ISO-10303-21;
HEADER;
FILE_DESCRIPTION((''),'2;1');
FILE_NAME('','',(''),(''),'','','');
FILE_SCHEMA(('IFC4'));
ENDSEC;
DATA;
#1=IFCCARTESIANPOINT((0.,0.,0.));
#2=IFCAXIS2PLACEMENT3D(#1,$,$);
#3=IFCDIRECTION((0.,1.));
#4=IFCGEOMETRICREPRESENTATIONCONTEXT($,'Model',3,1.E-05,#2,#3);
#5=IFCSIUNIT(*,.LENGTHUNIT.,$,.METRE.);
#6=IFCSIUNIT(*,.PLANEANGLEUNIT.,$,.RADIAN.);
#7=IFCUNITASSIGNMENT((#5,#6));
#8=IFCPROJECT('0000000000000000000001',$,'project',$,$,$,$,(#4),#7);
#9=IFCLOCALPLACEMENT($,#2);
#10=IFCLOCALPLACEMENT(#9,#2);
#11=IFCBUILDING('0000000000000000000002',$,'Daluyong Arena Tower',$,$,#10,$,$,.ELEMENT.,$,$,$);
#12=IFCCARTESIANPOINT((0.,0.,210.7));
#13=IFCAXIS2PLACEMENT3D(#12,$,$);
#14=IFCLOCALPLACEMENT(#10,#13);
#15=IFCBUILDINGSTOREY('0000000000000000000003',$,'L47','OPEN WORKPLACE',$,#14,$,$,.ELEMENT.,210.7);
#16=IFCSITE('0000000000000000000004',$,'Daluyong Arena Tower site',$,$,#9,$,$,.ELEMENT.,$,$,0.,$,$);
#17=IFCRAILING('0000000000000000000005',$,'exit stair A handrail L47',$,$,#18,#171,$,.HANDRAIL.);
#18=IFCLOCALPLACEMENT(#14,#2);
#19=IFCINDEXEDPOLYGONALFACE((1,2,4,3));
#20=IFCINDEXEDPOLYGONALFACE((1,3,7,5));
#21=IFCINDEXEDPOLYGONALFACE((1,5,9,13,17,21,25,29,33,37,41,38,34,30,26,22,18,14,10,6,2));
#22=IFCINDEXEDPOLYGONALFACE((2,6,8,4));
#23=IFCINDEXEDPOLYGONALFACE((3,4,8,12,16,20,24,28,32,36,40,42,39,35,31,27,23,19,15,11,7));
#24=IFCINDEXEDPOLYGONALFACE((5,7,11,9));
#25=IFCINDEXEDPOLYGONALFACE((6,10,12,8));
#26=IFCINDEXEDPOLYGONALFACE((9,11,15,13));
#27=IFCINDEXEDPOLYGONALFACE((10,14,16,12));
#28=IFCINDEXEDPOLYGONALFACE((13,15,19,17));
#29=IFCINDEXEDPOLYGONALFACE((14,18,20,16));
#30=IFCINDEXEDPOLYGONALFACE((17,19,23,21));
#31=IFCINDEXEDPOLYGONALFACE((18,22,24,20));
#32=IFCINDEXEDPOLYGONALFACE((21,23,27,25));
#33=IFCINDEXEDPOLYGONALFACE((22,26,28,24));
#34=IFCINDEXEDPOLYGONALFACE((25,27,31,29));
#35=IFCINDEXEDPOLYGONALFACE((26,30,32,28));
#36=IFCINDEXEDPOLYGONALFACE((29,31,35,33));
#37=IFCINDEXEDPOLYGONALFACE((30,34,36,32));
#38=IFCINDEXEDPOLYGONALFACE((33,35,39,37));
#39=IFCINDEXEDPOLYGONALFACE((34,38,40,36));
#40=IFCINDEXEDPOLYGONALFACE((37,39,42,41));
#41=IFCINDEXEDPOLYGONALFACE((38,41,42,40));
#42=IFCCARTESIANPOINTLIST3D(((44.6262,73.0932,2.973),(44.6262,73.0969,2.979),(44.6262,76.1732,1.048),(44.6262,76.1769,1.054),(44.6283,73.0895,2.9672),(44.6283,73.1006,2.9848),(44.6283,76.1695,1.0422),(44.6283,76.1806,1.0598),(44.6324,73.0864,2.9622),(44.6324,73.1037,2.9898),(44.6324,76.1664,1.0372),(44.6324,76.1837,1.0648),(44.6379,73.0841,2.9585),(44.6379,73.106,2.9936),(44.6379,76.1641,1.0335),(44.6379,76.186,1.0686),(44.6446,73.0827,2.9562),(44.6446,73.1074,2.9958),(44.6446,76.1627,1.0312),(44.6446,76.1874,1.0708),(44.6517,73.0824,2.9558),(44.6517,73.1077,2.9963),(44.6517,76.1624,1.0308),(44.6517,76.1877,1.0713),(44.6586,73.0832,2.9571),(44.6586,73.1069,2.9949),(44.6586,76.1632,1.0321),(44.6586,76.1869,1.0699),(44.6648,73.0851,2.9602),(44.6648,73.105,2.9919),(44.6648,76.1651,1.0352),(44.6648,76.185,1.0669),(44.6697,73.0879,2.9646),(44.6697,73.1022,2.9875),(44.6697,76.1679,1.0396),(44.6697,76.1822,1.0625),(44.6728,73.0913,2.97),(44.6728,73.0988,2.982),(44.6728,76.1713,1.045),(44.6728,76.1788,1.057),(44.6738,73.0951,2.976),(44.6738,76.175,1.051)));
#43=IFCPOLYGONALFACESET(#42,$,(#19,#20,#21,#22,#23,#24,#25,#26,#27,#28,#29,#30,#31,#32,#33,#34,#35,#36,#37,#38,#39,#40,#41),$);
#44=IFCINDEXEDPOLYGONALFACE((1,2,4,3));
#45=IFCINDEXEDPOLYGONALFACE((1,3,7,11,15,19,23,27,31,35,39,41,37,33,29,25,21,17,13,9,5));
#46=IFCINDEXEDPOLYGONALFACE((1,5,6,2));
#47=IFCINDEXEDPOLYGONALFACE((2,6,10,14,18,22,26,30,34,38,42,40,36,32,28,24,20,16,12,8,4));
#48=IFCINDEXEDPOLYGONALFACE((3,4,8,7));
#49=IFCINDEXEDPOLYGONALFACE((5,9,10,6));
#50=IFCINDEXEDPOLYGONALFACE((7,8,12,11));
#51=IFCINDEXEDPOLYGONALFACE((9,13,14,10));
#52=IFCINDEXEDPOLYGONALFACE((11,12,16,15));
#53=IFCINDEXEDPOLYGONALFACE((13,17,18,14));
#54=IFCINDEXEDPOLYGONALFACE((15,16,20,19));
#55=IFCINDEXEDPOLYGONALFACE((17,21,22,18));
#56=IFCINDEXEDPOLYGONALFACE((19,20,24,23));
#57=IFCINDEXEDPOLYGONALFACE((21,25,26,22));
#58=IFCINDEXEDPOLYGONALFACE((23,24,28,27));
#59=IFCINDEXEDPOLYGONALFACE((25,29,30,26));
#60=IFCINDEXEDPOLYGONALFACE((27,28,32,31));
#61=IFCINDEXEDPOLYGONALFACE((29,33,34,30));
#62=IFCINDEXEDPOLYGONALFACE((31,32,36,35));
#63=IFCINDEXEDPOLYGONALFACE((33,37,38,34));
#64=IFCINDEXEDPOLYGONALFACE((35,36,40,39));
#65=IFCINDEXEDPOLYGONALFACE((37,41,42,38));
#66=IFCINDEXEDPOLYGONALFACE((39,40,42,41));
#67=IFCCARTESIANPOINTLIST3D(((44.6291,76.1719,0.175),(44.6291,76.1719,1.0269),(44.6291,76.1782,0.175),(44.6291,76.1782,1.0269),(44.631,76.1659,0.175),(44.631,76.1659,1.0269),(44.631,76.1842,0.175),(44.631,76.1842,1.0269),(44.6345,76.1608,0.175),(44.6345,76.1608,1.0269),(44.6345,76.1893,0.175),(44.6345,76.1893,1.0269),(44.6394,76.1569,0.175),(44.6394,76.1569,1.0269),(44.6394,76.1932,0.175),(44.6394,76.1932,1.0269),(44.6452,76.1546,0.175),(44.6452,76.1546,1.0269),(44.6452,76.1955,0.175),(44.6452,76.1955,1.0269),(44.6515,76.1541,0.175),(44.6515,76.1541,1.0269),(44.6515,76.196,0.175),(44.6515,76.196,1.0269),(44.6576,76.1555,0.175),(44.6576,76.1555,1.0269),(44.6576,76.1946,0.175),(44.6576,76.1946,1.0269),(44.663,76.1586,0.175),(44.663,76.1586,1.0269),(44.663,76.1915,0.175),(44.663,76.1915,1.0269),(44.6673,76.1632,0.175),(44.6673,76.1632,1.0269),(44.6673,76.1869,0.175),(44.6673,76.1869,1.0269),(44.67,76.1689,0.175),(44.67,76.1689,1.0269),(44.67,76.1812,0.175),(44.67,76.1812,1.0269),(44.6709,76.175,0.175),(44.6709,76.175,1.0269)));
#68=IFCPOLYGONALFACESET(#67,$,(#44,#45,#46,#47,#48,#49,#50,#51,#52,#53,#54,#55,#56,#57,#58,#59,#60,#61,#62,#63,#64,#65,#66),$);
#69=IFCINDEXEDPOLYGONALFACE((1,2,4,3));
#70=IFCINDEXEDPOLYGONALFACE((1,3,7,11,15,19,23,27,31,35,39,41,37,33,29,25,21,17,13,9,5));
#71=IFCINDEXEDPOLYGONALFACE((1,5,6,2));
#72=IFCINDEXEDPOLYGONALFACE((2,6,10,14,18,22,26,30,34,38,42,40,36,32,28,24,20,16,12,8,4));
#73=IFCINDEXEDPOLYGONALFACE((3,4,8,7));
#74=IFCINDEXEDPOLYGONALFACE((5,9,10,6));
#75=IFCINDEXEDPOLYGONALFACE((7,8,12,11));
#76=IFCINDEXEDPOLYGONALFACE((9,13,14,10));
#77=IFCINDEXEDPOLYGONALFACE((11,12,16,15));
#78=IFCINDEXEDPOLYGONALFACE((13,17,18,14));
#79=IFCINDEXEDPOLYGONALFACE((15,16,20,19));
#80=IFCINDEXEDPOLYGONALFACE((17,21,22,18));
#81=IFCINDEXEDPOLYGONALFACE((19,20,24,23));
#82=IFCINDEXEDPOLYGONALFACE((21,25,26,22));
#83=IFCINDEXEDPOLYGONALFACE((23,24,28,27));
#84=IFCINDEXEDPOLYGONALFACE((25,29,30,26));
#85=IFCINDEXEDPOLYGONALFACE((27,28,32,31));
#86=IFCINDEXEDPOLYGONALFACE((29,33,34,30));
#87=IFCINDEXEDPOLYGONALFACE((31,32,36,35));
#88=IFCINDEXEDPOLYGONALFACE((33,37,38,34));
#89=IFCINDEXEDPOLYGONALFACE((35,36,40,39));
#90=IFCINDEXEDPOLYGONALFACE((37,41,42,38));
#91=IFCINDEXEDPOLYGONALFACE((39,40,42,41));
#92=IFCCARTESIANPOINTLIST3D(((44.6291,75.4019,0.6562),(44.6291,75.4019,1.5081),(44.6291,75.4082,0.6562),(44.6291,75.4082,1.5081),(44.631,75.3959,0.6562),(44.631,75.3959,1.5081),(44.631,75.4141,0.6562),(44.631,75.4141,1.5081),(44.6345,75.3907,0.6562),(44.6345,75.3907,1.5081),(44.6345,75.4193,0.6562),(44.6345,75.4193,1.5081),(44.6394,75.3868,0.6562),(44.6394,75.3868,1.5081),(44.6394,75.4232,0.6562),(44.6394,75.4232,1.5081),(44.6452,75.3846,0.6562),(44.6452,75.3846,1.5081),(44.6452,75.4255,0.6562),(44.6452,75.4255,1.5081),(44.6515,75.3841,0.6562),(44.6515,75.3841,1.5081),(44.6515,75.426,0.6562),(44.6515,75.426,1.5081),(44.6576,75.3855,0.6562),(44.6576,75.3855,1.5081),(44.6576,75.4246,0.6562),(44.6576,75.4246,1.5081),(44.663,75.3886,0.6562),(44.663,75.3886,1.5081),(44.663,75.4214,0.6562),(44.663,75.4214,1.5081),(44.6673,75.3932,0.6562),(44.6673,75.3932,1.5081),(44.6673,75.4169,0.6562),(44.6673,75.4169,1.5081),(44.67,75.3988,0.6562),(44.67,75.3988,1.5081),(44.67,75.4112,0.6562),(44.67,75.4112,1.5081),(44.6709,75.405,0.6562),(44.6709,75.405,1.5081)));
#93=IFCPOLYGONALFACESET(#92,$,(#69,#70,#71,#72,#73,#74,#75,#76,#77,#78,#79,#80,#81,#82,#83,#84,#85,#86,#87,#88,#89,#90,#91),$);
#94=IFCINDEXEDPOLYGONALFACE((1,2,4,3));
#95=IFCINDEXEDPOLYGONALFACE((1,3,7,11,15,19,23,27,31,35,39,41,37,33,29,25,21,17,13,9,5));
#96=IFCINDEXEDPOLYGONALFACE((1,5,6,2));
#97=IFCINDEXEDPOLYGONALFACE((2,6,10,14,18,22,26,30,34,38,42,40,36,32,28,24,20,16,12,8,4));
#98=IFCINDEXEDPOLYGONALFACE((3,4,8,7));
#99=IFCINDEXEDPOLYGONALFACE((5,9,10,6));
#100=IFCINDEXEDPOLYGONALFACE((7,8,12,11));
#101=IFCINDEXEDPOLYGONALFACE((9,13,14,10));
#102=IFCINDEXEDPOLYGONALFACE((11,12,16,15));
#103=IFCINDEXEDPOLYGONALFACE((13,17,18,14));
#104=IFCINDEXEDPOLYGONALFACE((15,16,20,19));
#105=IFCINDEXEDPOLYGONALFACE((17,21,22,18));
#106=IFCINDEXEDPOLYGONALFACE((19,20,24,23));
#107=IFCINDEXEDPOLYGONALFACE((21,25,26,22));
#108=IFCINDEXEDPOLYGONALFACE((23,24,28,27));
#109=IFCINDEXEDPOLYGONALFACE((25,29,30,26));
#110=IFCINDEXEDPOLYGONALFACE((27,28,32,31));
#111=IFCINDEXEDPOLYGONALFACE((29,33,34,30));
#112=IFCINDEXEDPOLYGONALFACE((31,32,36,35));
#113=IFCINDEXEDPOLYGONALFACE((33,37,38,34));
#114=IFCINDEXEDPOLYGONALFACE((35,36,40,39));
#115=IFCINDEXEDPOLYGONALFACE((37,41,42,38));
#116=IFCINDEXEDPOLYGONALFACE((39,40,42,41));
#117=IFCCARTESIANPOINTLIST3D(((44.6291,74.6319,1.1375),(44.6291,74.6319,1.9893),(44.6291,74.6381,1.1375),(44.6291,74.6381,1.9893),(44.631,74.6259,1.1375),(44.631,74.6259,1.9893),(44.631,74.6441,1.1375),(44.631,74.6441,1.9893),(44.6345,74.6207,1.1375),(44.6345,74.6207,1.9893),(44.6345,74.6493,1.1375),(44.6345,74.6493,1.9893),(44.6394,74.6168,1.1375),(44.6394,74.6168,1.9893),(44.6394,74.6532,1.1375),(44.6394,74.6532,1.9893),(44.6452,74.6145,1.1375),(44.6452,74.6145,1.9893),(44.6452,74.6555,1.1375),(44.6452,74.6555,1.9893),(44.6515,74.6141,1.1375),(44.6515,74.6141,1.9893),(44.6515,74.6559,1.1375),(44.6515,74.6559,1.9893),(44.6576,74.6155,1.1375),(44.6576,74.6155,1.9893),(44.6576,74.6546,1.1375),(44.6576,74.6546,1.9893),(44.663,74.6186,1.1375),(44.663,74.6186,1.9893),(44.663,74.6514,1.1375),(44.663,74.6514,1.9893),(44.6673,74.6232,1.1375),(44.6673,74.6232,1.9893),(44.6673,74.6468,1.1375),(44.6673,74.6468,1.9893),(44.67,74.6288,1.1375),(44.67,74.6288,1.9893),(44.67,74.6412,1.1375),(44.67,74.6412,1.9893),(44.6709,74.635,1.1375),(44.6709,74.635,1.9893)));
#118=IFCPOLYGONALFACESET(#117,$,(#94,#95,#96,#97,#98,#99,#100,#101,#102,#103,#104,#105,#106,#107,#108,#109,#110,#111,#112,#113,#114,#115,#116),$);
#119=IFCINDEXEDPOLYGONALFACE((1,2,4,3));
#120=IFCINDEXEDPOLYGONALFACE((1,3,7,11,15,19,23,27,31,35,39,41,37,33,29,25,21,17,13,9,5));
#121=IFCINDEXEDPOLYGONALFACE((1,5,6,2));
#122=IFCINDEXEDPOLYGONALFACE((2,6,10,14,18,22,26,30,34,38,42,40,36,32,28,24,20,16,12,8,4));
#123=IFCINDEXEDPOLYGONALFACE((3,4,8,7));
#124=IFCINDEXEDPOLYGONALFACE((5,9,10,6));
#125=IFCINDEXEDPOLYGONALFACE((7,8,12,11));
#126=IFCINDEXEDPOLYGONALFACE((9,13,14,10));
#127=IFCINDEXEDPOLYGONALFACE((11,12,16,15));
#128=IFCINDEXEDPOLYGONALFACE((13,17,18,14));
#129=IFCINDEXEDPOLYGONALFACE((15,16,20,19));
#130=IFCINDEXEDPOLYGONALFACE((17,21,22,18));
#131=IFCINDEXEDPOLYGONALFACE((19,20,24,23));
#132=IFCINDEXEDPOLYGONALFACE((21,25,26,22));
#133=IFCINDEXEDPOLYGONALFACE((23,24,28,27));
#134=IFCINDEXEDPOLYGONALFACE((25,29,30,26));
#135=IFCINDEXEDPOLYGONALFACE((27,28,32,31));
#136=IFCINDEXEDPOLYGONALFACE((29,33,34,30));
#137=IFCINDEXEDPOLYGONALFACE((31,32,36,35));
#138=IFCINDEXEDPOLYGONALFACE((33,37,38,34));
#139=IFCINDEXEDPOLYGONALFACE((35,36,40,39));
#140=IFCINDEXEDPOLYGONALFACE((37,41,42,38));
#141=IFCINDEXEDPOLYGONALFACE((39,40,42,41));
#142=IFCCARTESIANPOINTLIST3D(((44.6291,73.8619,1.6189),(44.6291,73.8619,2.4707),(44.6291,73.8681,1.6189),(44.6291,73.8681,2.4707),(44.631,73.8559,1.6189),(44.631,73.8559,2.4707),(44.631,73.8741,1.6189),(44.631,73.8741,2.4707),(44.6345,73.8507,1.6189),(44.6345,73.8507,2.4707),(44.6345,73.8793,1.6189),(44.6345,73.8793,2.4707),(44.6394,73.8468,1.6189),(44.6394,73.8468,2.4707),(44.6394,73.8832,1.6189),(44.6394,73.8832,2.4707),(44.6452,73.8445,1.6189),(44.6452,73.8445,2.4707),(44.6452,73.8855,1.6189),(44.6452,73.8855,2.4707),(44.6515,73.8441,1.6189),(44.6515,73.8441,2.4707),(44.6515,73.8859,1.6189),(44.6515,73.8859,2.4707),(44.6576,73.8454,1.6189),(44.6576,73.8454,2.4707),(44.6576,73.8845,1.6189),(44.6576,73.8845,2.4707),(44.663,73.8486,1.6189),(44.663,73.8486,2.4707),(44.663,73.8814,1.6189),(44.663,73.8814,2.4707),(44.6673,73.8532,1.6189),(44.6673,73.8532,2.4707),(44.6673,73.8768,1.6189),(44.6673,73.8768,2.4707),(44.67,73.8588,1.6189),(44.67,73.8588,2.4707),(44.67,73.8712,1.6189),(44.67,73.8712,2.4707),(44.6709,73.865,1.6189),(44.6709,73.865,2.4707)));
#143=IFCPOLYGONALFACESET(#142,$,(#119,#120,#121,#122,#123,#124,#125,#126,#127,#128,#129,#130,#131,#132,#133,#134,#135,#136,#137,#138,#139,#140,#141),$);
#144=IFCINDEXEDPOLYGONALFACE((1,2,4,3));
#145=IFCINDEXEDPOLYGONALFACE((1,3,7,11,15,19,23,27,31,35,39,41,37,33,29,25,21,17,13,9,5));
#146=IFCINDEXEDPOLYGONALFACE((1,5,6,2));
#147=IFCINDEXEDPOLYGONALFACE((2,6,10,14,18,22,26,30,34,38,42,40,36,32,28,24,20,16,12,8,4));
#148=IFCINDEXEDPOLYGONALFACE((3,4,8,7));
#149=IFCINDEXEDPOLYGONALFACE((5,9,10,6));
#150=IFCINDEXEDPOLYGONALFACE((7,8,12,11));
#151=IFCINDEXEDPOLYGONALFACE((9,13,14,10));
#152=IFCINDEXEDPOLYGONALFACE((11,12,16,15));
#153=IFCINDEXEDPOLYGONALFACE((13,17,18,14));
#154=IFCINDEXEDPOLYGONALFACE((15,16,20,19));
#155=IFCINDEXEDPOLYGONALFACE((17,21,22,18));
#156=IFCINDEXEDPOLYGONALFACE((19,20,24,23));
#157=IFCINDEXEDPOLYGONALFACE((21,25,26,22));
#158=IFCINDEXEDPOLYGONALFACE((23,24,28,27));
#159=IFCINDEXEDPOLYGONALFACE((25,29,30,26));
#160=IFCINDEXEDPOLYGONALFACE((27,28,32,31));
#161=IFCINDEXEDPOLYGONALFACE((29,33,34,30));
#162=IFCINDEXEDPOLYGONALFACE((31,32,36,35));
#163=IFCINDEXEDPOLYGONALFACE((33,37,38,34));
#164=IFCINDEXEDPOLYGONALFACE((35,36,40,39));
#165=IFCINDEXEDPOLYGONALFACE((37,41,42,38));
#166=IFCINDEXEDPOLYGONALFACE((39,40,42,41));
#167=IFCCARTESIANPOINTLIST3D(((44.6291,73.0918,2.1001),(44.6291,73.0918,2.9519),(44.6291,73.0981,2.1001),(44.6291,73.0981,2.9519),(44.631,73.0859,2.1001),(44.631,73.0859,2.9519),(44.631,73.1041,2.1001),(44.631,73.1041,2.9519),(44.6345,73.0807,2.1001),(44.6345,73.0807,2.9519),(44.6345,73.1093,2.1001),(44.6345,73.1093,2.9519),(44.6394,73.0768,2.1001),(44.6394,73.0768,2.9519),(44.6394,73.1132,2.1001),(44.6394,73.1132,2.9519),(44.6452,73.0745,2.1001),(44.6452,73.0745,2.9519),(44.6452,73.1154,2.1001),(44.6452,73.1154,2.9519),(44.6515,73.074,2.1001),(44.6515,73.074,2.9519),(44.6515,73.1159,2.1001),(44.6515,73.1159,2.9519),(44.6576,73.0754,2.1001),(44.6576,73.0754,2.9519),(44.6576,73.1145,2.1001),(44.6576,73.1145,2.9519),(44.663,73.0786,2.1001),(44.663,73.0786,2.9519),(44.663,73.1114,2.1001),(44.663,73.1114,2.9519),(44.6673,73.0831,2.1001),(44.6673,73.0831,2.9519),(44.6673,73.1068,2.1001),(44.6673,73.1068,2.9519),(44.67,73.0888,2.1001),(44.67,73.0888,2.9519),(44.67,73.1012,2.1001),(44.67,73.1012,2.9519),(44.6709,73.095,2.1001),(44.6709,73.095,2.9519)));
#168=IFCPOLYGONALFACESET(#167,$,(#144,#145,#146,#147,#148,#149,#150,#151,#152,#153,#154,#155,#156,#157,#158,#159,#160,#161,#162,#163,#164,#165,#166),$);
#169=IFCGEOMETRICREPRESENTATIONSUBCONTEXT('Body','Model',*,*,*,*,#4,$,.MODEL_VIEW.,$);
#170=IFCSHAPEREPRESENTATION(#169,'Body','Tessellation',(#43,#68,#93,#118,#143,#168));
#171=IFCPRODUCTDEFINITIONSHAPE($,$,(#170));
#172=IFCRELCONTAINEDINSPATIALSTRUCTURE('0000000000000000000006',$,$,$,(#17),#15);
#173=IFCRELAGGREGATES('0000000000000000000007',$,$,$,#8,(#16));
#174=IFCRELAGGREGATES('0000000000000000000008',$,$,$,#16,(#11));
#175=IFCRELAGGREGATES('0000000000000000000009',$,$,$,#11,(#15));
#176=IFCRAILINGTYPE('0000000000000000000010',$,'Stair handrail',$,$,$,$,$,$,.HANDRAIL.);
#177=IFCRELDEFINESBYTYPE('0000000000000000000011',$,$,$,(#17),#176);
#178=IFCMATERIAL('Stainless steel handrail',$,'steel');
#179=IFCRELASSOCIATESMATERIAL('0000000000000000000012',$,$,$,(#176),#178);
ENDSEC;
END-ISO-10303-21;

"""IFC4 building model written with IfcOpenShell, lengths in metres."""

from ifc_helpers import new_model, si_unit, direction, frame, origin, origin_2d, place, context, subcontext, project, spatial, circle, extrude, material, type_object, element, save


model = new_model("IFC4")

# Units and contexts
model_context = context("Model", 3, precision=1e-05, world=origin(), true_north=direction((0.0, 1.0)))
body_context = subcontext(model_context, "Body", "Model", "MODEL_VIEW")
ifc_project = project(units=[si_unit("LENGTHUNIT", "METRE"), si_unit("PLANEANGLEUNIT", "RADIAN")], contexts=[model_context])

# Site, building, storey
site_placement = place(None, origin())
site = spatial("IfcSite", under=ifc_project, at=site_placement, Name="Daluyong Arena Tower site", CompositionType="ELEMENT", RefElevation=0.0)
building_placement = place(site_placement, origin())
building = spatial("IfcBuilding", under=site, at=building_placement, Name="Daluyong Arena Tower", CompositionType="ELEMENT")
storey_placement = place(building_placement, frame((0.0, 0.0, 210.7)))
storey = spatial("IfcBuildingStorey", under=building, at=storey_placement, Name="L47", Description="OPEN WORKPLACE", CompositionType="ELEMENT", Elevation=210.7)

# Railing
ifc_material_1 = material(Name="Stainless steel handrail", Category="steel")
railing_type_1 = type_object("IfcRailingType", Name="Stair handrail", PredefinedType="HANDRAIL", material=ifc_material_1)
railing_1_placement = place(storey_placement, frame((44.6499, 76.175, 0.175)))
element("IfcRailing", 1, at=railing_1_placement, inside=storey, type_object=railing_type_1, Name="exit stair A handrail L47", PredefinedType="HANDRAIL", context=body_context, shape_type="SweptSolid", body=[
    extrude(circle(Radius=0.0239, at=origin_2d()), frame((0.0, 0.0, 0.876), z_axis=(0.0, -0.847998, 0.529999), x_axis=(1.0, 0.0, 0.0)), (0.0, 0.0, 1.0), 3.6321),
    extrude(circle(Radius=0.021, at=origin_2d()), origin(), (0.0, 0.0, 1.0), 0.8518),
    extrude(circle(Radius=0.021, at=origin_2d()), frame((0.0, -0.77, 0.4812)), (0.0, 0.0, 1.0), 0.8518),
    extrude(circle(Radius=0.021, at=origin_2d()), frame((0.0, -1.54, 0.9624)), (0.0, 0.0, 1.0), 0.8518),
    extrude(circle(Radius=0.021, at=origin_2d()), frame((0.0, -2.3101, 1.4438)), (0.0, 0.0, 1.0), 0.8518),
    extrude(circle(Radius=0.021, at=origin_2d()), frame((0.0, -3.0801, 1.925)), (0.0, 0.0, 1.0), 0.8518),
])

save(model, "model.ifc")
